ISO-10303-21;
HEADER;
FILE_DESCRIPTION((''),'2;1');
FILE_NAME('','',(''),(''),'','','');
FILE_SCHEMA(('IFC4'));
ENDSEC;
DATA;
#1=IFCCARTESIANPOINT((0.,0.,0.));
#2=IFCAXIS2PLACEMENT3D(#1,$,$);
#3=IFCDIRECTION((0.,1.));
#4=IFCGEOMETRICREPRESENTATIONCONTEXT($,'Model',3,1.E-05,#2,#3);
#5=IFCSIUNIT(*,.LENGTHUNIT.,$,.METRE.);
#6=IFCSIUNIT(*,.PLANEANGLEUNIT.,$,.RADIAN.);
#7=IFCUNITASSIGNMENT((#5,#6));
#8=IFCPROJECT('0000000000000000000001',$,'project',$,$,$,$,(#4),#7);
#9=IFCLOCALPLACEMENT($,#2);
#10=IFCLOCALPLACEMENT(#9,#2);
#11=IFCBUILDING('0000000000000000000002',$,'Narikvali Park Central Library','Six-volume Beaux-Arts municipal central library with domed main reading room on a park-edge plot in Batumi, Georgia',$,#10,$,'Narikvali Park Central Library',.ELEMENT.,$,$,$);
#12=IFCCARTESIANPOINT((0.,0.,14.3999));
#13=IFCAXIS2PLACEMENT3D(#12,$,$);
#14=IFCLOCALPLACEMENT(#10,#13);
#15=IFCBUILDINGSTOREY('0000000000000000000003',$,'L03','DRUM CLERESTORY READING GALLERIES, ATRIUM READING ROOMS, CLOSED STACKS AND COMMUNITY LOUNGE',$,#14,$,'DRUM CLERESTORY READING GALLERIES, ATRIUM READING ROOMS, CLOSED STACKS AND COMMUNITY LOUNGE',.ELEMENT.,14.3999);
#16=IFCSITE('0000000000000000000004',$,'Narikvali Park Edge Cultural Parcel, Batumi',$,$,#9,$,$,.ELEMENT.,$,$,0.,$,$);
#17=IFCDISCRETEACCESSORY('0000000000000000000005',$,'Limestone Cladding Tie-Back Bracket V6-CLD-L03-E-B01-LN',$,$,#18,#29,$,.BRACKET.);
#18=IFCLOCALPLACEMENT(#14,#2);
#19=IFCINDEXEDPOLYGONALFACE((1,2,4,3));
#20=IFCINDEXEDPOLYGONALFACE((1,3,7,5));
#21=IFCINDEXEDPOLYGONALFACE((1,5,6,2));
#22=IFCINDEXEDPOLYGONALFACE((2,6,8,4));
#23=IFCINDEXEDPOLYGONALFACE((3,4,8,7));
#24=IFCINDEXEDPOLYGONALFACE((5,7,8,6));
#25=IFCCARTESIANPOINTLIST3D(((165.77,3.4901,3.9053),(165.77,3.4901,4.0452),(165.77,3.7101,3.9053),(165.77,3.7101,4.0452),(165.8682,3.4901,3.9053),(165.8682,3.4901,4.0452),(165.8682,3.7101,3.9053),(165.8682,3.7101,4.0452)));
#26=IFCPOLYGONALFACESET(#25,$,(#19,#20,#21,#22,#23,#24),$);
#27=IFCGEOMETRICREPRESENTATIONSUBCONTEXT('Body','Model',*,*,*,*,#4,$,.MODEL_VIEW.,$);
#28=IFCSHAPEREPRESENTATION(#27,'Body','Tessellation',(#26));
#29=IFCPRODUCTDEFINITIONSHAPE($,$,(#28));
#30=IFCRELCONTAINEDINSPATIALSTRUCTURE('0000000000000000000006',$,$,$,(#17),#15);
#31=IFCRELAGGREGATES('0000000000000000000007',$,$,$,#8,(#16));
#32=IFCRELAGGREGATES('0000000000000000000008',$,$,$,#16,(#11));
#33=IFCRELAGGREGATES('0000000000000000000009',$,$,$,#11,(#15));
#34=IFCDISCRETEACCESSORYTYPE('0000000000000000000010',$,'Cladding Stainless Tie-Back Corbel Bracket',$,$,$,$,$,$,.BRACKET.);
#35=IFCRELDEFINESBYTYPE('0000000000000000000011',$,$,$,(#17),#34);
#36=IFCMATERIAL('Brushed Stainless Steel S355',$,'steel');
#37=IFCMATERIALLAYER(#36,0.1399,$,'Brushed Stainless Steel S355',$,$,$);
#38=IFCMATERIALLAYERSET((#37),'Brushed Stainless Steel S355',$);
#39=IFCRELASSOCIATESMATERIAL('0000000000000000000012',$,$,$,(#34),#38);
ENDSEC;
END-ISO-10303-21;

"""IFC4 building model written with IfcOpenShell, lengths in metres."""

from ifc_helpers import new_model, si_unit, direction, frame, origin, origin_2d, place, context, subcontext, project, spatial, rectangle, extrude, material, layer, layer_set, type_object, element, save


model = new_model("IFC4")

# Units and contexts
model_context = context("Model", 3, precision=1e-05, world=origin(), true_north=direction((0.0, 1.0)))
body_context = subcontext(model_context, "Body", "Model", "MODEL_VIEW")
ifc_project = project(units=[si_unit("LENGTHUNIT", "METRE"), si_unit("PLANEANGLEUNIT", "RADIAN")], contexts=[model_context])

# Site, building, storey
site_placement = place(None, origin())
site = spatial("IfcSite", under=ifc_project, at=site_placement, Name="Narikvali Park Edge Cultural Parcel, Batumi", CompositionType="ELEMENT", RefElevation=0.0)
building_placement = place(site_placement, origin())
building = spatial("IfcBuilding", under=site, at=building_placement, Name="Narikvali Park Central Library", Description="Six-volume Beaux-Arts municipal central library with domed main reading room on a park-edge plot in Batumi, Georgia", LongName="Narikvali Park Central Library", CompositionType="ELEMENT")
storey_placement = place(building_placement, frame((0.0, 0.0, 14.3999)))
storey = spatial("IfcBuildingStorey", under=building, at=storey_placement, Name="L03", Description="DRUM CLERESTORY READING GALLERIES, ATRIUM READING ROOMS, CLOSED STACKS AND COMMUNITY LOUNGE", LongName="DRUM CLERESTORY READING GALLERIES, ATRIUM READING ROOMS, CLOSED STACKS AND COMMUNITY LOUNGE", CompositionType="ELEMENT", Elevation=14.3999)

# Discrete accessory
ifc_material_1 = material(Name="Brushed Stainless Steel S355", Category="steel")
ifc_layer_1 = layer(ifc_material_1, 0.1399, Name="Brushed Stainless Steel S355")
ifc_layer_set_1 = layer_set([ifc_layer_1], Name="Brushed Stainless Steel S355")
discrete_accessory_type = type_object("IfcDiscreteAccessoryType", Name="Cladding Stainless Tie-Back Corbel Bracket", PredefinedType="BRACKET", material=ifc_layer_set_1)
discrete_accessory_1_placement = place(storey_placement, frame((165.8191, 3.6001, 3.9053), z_axis=(0.0, 0.0, 1.0), x_axis=(1.0, 0.0, 0.0)))
element("IfcDiscreteAccessory", 1, at=discrete_accessory_1_placement, inside=storey, type_object=discrete_accessory_type, Name="Limestone Cladding Tie-Back Bracket V6-CLD-L03-E-B01-LN", PredefinedType="BRACKET", context=body_context, shape_type="SweptSolid", body=[
    extrude(rectangle(XDim=0.0981, YDim=0.22, at=origin_2d()), origin(), (0.0, 0.0, 1.0), 0.1399),
])

save(model, "model.ifc")
